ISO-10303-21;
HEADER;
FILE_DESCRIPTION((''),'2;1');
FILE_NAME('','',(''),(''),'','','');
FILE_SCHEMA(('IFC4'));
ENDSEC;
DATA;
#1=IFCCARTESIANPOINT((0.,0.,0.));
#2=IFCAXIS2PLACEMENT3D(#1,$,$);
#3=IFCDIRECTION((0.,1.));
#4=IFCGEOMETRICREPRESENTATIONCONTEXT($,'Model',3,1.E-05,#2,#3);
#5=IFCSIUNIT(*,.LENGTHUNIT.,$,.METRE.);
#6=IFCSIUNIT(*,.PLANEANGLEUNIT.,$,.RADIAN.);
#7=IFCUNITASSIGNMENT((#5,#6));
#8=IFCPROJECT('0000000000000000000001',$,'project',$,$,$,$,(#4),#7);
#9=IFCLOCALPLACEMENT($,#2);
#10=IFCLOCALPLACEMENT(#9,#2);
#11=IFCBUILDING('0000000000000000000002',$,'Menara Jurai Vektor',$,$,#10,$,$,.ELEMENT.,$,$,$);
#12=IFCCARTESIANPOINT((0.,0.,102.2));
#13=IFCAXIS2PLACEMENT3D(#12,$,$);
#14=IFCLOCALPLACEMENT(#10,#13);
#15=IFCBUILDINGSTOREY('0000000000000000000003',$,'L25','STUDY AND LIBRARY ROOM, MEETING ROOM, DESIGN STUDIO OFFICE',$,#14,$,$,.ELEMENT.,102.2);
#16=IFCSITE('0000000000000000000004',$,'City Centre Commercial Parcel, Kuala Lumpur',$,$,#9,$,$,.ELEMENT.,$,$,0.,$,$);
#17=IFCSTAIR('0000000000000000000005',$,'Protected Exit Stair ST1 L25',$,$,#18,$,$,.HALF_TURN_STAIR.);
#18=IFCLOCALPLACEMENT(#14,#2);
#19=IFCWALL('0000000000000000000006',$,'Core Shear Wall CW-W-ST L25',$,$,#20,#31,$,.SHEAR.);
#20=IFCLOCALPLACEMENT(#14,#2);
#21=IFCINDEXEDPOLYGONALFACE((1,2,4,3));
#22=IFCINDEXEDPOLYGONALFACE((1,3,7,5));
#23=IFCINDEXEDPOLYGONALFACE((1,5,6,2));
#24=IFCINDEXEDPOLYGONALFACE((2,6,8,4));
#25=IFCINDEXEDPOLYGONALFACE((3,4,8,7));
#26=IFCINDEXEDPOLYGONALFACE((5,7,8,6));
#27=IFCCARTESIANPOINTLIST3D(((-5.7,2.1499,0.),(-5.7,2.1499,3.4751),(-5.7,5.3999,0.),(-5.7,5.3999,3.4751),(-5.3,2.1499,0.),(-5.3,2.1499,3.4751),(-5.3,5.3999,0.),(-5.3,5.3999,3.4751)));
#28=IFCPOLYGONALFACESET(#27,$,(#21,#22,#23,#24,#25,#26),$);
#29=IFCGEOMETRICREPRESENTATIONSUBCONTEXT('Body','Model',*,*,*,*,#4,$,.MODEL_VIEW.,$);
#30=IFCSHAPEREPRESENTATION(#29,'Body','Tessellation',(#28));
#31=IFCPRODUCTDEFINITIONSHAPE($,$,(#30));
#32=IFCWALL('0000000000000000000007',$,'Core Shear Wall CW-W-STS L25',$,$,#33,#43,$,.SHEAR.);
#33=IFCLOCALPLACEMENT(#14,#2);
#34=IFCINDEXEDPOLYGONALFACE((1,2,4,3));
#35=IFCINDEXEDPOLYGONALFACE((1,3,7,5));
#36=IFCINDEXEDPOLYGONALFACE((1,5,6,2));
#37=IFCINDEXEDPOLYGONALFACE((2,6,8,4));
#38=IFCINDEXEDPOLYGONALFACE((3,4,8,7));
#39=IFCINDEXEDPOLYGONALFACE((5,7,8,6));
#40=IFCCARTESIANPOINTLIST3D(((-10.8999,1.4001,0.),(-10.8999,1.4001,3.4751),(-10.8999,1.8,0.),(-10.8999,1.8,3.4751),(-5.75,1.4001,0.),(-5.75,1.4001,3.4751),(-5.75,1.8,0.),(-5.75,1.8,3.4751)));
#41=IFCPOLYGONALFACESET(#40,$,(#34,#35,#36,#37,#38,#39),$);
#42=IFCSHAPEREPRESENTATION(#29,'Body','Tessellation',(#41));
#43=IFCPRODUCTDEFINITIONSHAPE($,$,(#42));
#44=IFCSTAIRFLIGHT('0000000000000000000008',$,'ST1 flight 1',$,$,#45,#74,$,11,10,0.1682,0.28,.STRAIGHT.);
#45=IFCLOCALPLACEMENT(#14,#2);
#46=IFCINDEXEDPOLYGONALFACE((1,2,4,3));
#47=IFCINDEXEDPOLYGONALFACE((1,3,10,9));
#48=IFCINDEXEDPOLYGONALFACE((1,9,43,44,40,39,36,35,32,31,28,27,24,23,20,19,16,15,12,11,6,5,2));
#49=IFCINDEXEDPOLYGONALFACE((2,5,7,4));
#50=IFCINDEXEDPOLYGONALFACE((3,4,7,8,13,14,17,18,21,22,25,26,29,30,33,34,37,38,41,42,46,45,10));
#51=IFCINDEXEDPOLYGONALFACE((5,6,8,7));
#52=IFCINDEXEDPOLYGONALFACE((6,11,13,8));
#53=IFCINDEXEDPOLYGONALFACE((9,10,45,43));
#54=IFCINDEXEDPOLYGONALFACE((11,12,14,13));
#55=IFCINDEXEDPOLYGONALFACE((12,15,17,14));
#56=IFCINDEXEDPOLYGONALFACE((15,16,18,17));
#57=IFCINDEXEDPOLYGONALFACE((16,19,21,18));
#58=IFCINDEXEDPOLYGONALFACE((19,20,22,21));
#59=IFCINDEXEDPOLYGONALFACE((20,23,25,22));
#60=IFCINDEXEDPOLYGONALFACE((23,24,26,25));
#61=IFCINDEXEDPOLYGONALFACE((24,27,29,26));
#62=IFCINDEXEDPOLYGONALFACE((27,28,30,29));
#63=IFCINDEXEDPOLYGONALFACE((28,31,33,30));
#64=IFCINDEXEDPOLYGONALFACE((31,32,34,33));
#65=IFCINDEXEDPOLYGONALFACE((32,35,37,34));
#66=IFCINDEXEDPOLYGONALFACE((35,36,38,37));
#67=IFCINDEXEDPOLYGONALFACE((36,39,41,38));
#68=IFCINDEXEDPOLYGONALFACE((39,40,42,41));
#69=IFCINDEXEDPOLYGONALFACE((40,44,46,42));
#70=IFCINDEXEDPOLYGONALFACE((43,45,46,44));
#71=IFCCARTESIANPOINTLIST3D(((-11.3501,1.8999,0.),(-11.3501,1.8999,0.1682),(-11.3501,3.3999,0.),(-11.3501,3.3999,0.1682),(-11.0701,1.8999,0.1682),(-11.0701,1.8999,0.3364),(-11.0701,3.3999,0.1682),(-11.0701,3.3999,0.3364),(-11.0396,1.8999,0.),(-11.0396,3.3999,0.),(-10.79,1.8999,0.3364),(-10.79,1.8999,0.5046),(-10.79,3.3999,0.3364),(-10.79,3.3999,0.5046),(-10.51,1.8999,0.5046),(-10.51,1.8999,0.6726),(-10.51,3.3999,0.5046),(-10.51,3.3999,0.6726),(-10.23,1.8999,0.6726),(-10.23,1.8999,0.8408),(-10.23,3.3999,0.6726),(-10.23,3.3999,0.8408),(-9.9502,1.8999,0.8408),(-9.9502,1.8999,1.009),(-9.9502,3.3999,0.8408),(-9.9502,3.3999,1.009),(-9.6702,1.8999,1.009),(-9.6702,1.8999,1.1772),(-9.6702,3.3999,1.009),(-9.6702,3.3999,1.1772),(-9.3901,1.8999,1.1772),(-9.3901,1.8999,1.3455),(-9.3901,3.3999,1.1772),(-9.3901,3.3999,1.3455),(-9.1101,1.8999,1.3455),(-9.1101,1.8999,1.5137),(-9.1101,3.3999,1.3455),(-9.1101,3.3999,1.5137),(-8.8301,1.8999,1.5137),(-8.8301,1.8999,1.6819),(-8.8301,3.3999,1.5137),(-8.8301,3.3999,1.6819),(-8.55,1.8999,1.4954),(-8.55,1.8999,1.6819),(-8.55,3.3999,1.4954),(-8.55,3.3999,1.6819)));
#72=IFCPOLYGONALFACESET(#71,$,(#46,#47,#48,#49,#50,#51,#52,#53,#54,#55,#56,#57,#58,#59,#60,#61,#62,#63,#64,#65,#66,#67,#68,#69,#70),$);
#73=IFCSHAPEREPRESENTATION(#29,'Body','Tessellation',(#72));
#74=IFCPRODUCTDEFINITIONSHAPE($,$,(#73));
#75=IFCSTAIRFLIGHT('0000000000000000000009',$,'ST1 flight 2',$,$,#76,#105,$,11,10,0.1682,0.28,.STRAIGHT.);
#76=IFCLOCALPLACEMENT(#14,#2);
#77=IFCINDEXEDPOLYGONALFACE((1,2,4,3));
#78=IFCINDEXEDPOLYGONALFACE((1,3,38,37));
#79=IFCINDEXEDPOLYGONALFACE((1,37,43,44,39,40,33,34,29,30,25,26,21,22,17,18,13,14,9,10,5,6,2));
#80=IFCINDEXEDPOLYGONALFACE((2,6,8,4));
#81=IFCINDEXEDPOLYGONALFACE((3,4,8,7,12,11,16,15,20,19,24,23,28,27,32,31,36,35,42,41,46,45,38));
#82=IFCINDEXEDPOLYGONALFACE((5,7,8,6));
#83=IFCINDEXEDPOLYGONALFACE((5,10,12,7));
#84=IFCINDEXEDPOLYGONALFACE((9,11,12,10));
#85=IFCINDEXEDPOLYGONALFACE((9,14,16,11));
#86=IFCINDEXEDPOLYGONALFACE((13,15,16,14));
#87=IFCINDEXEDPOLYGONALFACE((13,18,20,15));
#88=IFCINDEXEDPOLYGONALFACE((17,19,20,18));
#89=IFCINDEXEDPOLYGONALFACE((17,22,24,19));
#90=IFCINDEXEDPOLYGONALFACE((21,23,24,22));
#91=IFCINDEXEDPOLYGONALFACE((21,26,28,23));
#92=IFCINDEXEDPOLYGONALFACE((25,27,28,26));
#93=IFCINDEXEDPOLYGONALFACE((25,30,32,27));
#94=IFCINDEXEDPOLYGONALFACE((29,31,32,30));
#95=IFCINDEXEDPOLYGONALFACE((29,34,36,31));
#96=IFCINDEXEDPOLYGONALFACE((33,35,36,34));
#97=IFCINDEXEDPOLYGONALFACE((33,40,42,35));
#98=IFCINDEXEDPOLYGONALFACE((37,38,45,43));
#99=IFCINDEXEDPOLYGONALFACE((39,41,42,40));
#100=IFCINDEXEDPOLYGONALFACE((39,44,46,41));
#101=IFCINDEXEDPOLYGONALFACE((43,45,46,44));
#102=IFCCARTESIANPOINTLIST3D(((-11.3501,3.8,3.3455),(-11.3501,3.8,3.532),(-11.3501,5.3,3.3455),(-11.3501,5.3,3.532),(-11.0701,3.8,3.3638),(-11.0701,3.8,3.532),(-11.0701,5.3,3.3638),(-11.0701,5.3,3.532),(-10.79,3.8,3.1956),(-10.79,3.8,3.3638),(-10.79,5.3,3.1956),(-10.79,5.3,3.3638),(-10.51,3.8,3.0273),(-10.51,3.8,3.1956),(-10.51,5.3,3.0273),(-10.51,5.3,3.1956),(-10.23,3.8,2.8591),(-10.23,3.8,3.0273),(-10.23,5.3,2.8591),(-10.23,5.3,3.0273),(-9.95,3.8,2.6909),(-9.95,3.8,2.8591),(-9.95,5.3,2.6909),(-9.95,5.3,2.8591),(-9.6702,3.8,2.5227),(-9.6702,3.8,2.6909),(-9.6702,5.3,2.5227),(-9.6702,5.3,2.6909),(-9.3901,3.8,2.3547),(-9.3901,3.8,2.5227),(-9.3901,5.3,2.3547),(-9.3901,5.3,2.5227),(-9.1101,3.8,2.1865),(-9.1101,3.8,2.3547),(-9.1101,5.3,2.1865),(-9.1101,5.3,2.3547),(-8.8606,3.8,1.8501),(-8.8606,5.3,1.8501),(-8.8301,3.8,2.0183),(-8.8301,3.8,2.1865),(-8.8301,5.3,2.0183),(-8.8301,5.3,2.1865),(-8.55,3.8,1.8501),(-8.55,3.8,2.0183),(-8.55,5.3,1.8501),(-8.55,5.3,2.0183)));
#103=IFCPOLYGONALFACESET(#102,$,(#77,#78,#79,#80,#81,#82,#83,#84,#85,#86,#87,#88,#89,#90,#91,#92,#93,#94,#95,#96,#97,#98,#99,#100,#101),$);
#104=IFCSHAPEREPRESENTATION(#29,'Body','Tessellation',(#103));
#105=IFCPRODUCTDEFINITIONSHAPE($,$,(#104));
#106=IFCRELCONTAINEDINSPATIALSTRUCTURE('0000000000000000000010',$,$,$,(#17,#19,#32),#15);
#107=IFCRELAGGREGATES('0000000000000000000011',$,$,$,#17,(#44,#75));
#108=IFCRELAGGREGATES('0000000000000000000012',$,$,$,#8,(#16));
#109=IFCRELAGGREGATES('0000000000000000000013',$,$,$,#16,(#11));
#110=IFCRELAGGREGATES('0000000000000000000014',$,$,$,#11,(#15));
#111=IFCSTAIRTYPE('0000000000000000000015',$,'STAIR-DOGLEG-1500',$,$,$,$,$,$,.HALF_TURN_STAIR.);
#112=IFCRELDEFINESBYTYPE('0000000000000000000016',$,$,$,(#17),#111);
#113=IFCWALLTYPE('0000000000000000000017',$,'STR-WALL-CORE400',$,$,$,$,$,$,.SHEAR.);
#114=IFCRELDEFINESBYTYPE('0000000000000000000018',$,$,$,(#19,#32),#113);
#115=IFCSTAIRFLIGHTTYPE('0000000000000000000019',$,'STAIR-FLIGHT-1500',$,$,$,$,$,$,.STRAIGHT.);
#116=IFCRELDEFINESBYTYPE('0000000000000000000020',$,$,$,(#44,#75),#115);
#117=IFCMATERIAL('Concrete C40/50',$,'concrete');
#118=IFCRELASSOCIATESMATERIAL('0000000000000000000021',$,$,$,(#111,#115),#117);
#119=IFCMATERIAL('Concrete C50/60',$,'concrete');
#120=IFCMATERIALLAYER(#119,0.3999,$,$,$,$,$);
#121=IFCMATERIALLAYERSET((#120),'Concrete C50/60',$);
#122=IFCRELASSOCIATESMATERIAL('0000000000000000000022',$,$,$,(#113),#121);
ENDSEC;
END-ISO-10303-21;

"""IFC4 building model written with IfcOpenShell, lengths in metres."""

from ifc_helpers import new_model, si_unit, direction, frame, frame_2d, origin, place, context, subcontext, project, spatial, polyline, rectangle, outline, extrude, material, layer, layer_set, type_object, element, aggregate, save


model = new_model("IFC4")

# Units and contexts
model_context = context("Model", 3, precision=1e-05, world=origin(), true_north=direction((0.0, 1.0)))
body_context = subcontext(model_context, "Body", "Model", "MODEL_VIEW")
ifc_project = project(units=[si_unit("LENGTHUNIT", "METRE"), si_unit("PLANEANGLEUNIT", "RADIAN")], contexts=[model_context])

# Site, building, storey
site_placement = place(None, origin())
site = spatial("IfcSite", under=ifc_project, at=site_placement, Name="City Centre Commercial Parcel, Kuala Lumpur", CompositionType="ELEMENT", RefElevation=0.0)
building_placement = place(site_placement, origin())
building = spatial("IfcBuilding", under=site, at=building_placement, Name="Menara Jurai Vektor", CompositionType="ELEMENT")
storey_placement = place(building_placement, frame((0.0, 0.0, 102.2)))
storey = spatial("IfcBuildingStorey", under=building, at=storey_placement, Name="L25", Description="STUDY AND LIBRARY ROOM, MEETING ROOM, DESIGN STUDIO OFFICE", CompositionType="ELEMENT", Elevation=102.2)

# Shared definitions
ifc_material_1 = material(Name="Concrete C50/60", Category="concrete")

# Stair
ifc_material_2 = material(Name="Concrete C40/50", Category="concrete")
stair_type = type_object("IfcStairType", Name="STAIR-DOGLEG-1500", PredefinedType="HALF_TURN_STAIR", material=ifc_material_2)
stair_1_placement = place(storey_placement, origin())
stair_1 = element("IfcStair", 1, at=stair_1_placement, inside=storey, type_object=stair_type, Name="Protected Exit Stair ST1 L25", PredefinedType="HALF_TURN_STAIR")

# Walls
ifc_layer_1 = layer(ifc_material_1, 0.3999)
ifc_layer_set_1 = layer_set([ifc_layer_1], Name="Concrete C50/60")
wall_type_1 = type_object("IfcWallType", Name="STR-WALL-CORE400", PredefinedType="SHEAR", material=ifc_layer_set_1)
wall_1_placement = place(storey_placement, frame((-5.5, 2.1499, 0.0), z_axis=(0.0, 0.0, 1.0), x_axis=(0.0, 1.0, 0.0)))
element("IfcWall", 2, at=wall_1_placement, inside=storey, type_object=wall_type_1, Name="Core Shear Wall CW-W-ST L25", PredefinedType="SHEAR", context=body_context, shape_type="SweptSolid", body=[
    extrude(rectangle(XDim=3.25, YDim=0.3999, at=frame_2d((1.625, 0.0))), origin(), (0.0, 0.0, 1.0), 3.4751),
])
wall_2_placement = place(storey_placement, frame((-10.8999, 1.6001, 0.0), z_axis=(0.0, 0.0, 1.0), x_axis=(1.0, 0.0, 0.0)))
element("IfcWall", 3, at=wall_2_placement, inside=storey, type_object=wall_type_1, Name="Core Shear Wall CW-W-STS L25", PredefinedType="SHEAR", context=body_context, shape_type="SweptSolid", body=[
    extrude(rectangle(XDim=5.1499, YDim=0.3999, at=frame_2d((2.575, 0.0))), origin(), (0.0, 0.0, 1.0), 3.4751),
])

# Stair flights
stair_flight_type = type_object("IfcStairFlightType", Name="STAIR-FLIGHT-1500", PredefinedType="STRAIGHT", material=ifc_material_2)
stair_flight_1_placement = place(storey_placement, frame((-11.3501, 2.6499, 0.0), z_axis=(0.0, 0.0, 1.0), x_axis=(1.0, 0.0, 0.0)))
stair_flight_1 = element("IfcStairFlight", 4, at=stair_flight_1_placement, type_object=stair_flight_type, Name="ST1 flight 1", NumberOfRisers=11, NumberOfTreads=10, PredefinedType="STRAIGHT", RiserHeight=0.1682, TreadLength=0.28, context=body_context, shape_type="SweptSolid", body=[
    extrude(outline(polyline([(0.0, 0.0), (0.0, 0.1682), (0.28, 0.1682), (0.28, 0.3364), (0.5601, 0.3364), (0.5601, 0.5046), (0.8401, 0.5046), (0.8401, 0.6726), (1.1201, 0.6726), (1.1201, 0.8408), (1.3999, 0.8408), (1.3999, 1.009), (1.6799, 1.009), (1.6799, 1.1772), (1.96, 1.1772), (1.96, 1.3455), (2.24, 1.3455), (2.24, 1.5137), (2.52, 1.5137), (2.52, 1.6819), (2.8, 1.6819), (2.8, 1.8501), (2.8, 1.4954), (0.3105, 0.0), (0.0, 0.0)])), frame((0.0, 0.75, 0.0), z_axis=(0.0, -1.0, 0.0), x_axis=(1.0, 0.0, 0.0)), (0.0, 0.0, 1.0), 1.5),
])
stair_flight_2_placement = place(storey_placement, frame((-8.55, 4.55, 1.8501), z_axis=(0.0, 0.0, 1.0), x_axis=(-1.0, 0.0, 0.0)))
stair_flight_2 = element("IfcStairFlight", 5, at=stair_flight_2_placement, type_object=stair_flight_type, Name="ST1 flight 2", NumberOfRisers=11, NumberOfTreads=10, PredefinedType="STRAIGHT", RiserHeight=0.1682, TreadLength=0.28, context=body_context, shape_type="SweptSolid", body=[
    extrude(outline(polyline([(0.0, 0.0), (0.0, 0.1682), (0.28, 0.1682), (0.28, 0.3364), (0.5601, 0.3364), (0.5601, 0.5046), (0.8401, 0.5046), (0.8401, 0.6726), (1.1201, 0.6726), (1.1201, 0.8408), (1.3999, 0.8408), (1.3999, 1.009), (1.6799, 1.009), (1.6799, 1.1772), (1.96, 1.1772), (1.96, 1.3455), (2.24, 1.3455), (2.24, 1.5137), (2.52, 1.5137), (2.52, 1.6819), (2.8, 1.6819), (2.8, 1.8501), (2.8, 1.4954), (0.3105, 0.0), (0.0, 0.0)])), frame((0.0, 0.75, 0.0), z_axis=(0.0, -1.0, 0.0), x_axis=(1.0, 0.0, 0.0)), (0.0, 0.0, 1.0), 1.5),
])
aggregate(stair_1, [stair_flight_1, stair_flight_2])

save(model, "model.ifc")
